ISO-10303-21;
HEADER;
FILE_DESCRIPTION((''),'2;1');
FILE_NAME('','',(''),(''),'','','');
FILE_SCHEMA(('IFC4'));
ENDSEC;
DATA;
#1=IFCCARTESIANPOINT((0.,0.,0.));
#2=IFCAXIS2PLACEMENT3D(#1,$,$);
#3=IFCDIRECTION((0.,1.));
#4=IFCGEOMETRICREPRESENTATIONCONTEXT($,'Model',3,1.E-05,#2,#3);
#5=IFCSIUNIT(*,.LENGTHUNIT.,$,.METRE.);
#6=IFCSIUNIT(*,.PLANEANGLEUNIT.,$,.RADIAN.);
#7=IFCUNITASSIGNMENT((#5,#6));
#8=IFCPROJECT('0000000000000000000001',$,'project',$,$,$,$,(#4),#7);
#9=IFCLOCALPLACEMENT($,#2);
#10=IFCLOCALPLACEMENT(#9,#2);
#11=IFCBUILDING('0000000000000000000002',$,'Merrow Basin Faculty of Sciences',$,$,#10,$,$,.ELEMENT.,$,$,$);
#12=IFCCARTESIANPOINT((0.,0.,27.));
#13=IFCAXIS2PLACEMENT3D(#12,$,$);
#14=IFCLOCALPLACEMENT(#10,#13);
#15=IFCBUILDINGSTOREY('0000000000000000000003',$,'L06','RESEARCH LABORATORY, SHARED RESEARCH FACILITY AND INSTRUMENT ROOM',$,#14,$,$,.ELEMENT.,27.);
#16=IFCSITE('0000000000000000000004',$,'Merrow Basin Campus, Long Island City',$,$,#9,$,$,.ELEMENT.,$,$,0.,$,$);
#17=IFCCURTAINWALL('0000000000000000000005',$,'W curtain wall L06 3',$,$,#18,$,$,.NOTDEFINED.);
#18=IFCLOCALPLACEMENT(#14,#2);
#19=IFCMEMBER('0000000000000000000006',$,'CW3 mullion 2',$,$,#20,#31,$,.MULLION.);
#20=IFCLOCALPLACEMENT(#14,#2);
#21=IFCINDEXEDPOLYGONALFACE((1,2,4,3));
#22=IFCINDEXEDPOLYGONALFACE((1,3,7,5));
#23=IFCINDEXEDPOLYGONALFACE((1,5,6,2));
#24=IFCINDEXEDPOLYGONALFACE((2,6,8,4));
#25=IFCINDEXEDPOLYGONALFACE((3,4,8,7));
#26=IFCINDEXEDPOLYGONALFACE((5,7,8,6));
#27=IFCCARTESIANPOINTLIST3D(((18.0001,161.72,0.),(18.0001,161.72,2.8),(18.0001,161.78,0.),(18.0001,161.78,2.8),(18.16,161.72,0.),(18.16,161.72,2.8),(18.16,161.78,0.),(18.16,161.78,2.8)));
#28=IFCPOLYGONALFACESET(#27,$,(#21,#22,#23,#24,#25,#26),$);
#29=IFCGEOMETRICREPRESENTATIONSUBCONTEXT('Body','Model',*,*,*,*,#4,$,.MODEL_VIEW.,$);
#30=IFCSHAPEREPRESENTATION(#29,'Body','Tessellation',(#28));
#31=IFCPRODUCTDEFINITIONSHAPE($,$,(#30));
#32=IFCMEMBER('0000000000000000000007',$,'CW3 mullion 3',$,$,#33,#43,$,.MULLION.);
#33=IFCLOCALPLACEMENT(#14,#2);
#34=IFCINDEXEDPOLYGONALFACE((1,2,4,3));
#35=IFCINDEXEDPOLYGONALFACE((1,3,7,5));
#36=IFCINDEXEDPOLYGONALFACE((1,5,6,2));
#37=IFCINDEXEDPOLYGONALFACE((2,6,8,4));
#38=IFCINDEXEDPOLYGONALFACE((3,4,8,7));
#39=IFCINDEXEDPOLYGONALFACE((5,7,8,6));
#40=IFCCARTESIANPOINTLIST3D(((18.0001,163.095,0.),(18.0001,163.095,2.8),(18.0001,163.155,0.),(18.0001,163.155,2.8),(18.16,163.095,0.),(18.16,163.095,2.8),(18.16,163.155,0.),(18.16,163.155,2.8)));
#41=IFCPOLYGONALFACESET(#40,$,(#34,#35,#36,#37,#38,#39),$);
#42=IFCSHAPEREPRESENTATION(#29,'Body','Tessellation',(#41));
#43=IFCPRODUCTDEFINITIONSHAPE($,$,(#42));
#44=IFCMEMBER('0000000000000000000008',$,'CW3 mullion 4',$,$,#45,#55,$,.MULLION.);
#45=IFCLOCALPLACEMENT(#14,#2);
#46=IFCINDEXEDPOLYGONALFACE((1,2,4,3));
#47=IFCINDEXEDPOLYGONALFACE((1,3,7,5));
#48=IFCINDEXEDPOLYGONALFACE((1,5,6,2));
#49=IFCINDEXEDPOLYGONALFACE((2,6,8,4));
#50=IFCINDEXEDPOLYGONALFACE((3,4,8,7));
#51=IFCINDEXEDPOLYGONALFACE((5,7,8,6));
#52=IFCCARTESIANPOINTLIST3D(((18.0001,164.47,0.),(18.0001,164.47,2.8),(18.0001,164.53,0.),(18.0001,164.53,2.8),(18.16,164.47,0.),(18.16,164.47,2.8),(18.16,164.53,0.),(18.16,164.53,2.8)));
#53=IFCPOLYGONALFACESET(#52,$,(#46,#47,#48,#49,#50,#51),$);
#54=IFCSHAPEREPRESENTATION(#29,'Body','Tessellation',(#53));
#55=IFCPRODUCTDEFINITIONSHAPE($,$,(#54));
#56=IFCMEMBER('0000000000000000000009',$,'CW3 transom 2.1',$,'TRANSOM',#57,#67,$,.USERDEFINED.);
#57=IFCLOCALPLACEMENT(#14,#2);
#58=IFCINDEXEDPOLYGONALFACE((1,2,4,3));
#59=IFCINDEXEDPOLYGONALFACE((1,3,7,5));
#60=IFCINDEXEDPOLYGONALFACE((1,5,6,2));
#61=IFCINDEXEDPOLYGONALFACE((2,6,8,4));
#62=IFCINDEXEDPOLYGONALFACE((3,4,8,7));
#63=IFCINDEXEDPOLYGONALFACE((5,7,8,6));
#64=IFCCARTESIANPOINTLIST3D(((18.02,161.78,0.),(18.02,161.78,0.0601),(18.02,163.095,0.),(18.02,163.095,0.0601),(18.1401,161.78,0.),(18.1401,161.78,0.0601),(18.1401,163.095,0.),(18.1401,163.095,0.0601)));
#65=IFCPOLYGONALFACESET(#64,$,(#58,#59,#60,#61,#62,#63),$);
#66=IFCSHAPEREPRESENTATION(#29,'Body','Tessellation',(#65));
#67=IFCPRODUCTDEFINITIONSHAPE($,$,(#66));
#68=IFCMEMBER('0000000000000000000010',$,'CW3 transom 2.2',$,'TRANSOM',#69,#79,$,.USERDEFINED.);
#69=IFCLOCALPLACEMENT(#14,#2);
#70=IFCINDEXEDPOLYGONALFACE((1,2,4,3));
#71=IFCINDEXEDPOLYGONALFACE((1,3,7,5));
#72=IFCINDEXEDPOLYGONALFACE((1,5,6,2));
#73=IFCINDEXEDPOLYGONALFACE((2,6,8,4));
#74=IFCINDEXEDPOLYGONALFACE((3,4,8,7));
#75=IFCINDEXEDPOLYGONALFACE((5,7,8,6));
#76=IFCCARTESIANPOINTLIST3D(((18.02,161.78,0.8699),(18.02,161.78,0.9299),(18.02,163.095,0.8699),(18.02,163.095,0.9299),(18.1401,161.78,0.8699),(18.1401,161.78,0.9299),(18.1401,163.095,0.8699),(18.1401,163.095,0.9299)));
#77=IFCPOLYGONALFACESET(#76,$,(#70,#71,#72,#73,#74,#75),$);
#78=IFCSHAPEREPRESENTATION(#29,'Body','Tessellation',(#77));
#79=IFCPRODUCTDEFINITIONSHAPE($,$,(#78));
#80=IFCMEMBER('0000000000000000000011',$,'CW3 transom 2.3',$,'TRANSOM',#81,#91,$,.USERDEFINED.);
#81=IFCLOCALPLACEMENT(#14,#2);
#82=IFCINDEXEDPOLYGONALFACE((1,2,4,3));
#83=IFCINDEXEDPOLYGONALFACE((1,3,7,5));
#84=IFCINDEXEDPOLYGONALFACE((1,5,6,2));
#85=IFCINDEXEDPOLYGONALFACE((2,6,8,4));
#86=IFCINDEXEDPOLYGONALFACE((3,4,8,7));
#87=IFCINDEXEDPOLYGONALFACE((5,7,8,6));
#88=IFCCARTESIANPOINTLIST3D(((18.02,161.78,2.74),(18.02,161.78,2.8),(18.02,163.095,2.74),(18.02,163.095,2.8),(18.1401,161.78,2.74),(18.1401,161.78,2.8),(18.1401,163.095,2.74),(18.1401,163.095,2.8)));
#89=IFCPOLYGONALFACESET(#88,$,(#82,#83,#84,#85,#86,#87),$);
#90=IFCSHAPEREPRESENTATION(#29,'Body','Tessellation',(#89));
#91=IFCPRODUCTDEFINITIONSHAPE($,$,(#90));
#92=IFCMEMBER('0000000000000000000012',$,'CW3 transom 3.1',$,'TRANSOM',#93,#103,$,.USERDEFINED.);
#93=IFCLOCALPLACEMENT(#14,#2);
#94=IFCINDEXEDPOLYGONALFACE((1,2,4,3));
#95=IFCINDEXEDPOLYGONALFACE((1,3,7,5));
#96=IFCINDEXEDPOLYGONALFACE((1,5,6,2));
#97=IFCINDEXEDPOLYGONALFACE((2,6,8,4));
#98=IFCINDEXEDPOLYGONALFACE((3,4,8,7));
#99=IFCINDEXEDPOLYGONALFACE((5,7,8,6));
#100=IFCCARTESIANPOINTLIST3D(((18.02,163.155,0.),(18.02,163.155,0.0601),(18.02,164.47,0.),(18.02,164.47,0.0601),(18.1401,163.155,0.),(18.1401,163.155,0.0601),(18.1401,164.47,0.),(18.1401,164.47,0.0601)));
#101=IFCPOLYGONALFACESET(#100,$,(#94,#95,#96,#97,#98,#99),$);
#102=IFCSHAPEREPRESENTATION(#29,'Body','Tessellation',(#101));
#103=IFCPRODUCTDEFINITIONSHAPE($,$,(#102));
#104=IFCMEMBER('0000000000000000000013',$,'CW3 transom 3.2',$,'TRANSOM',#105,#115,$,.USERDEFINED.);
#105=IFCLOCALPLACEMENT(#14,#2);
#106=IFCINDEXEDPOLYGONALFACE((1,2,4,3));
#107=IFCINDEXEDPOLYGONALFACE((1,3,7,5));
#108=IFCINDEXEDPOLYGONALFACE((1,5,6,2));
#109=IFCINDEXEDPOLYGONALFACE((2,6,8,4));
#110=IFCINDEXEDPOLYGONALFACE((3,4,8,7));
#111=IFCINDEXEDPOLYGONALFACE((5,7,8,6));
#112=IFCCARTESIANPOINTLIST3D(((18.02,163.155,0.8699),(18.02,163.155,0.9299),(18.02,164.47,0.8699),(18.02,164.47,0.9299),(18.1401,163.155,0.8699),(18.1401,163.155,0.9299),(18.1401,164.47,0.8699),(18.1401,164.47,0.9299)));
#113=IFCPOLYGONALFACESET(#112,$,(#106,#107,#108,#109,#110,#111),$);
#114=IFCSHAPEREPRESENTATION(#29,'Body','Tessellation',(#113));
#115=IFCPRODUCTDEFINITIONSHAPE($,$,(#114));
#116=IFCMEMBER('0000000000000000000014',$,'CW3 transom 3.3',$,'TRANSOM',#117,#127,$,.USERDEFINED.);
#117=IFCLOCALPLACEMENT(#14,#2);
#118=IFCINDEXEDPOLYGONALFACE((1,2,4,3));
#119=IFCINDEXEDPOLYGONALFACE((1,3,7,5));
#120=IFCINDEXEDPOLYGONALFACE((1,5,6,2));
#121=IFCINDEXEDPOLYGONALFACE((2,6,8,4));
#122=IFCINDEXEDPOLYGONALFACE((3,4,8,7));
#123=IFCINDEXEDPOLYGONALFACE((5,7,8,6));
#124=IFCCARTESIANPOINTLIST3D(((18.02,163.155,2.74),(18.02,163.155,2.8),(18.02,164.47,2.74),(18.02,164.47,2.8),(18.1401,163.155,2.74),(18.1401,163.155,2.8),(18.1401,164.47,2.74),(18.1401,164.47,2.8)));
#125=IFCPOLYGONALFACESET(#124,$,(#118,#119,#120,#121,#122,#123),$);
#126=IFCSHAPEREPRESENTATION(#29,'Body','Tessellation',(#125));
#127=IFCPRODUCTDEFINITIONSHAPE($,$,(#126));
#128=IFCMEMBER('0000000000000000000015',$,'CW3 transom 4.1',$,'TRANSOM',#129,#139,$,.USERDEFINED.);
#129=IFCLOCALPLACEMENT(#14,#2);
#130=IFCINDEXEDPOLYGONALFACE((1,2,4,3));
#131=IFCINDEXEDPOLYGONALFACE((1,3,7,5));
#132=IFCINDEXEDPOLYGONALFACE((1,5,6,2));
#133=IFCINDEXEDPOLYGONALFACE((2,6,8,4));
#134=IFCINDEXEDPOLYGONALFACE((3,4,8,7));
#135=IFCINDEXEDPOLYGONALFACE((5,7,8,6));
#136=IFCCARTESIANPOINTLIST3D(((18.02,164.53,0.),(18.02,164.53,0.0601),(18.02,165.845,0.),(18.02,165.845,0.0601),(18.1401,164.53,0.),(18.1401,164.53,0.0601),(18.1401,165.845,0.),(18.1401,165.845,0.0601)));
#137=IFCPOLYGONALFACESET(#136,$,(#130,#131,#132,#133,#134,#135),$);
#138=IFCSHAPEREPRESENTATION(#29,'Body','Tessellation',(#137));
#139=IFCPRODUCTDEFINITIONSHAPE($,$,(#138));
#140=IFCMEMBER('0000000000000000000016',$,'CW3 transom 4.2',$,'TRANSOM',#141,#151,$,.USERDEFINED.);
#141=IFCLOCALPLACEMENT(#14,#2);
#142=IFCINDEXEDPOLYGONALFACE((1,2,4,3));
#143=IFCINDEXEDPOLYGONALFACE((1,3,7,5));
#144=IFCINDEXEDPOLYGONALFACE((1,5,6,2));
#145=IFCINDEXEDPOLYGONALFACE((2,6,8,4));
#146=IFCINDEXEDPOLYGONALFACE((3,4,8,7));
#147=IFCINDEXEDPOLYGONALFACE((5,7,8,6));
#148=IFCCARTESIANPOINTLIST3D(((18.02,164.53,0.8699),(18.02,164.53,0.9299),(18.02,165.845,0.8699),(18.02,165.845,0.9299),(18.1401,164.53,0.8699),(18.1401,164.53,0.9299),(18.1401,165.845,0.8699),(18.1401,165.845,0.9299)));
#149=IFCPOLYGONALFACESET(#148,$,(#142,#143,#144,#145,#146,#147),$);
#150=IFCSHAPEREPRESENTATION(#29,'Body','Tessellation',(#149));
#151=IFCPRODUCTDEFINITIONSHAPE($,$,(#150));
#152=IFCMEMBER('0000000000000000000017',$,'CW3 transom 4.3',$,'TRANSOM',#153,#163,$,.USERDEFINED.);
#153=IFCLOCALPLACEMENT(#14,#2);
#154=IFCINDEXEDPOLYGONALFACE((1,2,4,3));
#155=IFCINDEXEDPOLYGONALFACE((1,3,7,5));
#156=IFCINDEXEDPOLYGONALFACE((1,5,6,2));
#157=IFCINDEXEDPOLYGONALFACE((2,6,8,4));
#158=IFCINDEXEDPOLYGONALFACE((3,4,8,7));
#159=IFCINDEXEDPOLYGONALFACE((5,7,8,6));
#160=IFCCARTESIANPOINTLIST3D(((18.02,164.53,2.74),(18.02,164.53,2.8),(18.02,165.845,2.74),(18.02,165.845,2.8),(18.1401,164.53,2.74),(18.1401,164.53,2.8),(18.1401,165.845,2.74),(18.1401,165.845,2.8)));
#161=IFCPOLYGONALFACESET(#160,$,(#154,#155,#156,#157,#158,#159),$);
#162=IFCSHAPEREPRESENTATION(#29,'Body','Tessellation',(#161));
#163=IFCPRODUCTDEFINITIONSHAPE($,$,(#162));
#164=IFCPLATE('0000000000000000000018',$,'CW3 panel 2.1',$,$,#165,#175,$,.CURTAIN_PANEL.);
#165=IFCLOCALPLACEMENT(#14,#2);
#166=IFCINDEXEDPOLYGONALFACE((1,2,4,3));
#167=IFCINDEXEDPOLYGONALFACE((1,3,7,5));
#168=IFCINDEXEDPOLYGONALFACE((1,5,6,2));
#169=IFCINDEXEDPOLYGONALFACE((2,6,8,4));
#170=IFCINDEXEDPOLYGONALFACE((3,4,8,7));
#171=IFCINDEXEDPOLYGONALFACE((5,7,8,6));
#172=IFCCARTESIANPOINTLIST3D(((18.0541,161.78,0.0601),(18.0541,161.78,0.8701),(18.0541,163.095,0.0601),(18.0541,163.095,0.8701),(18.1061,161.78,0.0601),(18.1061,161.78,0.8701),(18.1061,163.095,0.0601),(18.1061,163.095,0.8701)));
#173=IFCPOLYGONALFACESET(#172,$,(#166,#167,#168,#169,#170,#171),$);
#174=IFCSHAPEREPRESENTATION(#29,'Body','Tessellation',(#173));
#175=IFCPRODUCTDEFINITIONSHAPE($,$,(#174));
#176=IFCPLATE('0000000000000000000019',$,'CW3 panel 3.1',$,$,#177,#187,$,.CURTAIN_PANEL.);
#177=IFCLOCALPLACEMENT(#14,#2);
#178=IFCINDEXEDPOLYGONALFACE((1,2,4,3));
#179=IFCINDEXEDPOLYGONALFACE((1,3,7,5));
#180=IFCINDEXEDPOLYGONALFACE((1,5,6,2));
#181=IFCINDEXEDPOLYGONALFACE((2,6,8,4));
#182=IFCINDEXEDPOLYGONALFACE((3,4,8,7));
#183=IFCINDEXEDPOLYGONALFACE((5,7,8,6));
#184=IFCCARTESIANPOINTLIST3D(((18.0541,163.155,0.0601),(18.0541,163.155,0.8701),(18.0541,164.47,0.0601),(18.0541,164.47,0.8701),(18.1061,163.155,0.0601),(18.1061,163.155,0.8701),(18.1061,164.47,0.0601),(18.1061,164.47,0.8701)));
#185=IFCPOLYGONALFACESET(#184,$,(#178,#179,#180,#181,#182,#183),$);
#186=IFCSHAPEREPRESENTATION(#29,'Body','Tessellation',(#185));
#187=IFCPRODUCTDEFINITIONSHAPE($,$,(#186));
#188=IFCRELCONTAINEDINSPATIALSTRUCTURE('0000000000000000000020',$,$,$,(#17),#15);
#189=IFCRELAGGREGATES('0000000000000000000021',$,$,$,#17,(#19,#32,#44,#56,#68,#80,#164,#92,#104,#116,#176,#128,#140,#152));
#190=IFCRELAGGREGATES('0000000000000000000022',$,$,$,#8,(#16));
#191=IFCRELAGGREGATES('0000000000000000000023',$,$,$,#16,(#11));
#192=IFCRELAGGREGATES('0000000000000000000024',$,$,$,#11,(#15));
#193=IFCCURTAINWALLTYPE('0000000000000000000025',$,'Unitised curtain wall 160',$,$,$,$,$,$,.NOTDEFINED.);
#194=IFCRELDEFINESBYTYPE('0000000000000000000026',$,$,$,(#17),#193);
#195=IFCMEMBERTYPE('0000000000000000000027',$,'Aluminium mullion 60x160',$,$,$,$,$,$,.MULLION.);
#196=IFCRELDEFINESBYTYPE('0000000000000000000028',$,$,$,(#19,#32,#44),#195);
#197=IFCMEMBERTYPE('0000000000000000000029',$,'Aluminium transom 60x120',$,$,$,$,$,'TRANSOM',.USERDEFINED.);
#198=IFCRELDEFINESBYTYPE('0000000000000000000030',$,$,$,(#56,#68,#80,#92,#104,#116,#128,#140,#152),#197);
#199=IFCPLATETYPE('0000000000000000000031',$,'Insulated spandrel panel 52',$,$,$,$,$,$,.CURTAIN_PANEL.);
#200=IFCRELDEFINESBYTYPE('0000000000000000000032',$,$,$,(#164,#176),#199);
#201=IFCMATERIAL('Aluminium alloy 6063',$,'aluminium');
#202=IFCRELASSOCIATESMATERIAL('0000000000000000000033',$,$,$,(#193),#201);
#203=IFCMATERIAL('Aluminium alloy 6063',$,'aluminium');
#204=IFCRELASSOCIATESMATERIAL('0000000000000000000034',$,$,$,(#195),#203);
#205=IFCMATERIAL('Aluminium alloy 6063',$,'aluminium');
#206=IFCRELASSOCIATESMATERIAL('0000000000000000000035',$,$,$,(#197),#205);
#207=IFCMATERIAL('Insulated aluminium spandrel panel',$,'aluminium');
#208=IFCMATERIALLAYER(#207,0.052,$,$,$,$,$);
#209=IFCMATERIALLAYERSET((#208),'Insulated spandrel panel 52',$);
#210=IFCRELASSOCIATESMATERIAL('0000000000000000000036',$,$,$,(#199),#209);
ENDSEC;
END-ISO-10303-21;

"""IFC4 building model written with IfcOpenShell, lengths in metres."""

from ifc_helpers import new_model, si_unit, direction, frame, origin, origin_2d, place, context, subcontext, project, spatial, rectangle, extrude, material, layer, layer_set, material_profile, profile_set, type_object, element, aggregate, save


model = new_model("IFC4")

# Units and contexts
model_context = context("Model", 3, precision=1e-05, world=origin(), true_north=direction((0.0, 1.0)))
body_context = subcontext(model_context, "Body", "Model", "MODEL_VIEW")
ifc_project = project(units=[si_unit("LENGTHUNIT", "METRE"), si_unit("PLANEANGLEUNIT", "RADIAN")], contexts=[model_context])

# Site, building, storey
site_placement = place(None, origin())
site = spatial("IfcSite", under=ifc_project, at=site_placement, Name="Merrow Basin Campus, Long Island City", CompositionType="ELEMENT", RefElevation=0.0)
building_placement = place(site_placement, origin())
building = spatial("IfcBuilding", under=site, at=building_placement, Name="Merrow Basin Faculty of Sciences", CompositionType="ELEMENT")
storey_placement = place(building_placement, frame((0.0, 0.0, 27.0)))
storey = spatial("IfcBuildingStorey", under=building, at=storey_placement, Name="L06", Description="RESEARCH LABORATORY, SHARED RESEARCH FACILITY AND INSTRUMENT ROOM", CompositionType="ELEMENT", Elevation=27.0)

# Curtain wall, members, plates
ifc_material_1 = material(Name="Aluminium alloy 6063", Category="aluminium")
curtain_wall_type = type_object("IfcCurtainWallType", Name="Unitised curtain wall 160", PredefinedType="NOTDEFINED", material=ifc_material_1)
curtain_wall_placement = place(storey_placement, origin())
curtain_wall = element("IfcCurtainWall", 1, at=curtain_wall_placement, inside=storey, type_object=curtain_wall_type, Name="W curtain wall L06 3", PredefinedType="NOTDEFINED")
ifc_material_2 = material(Name="Aluminium alloy 6063", Category="aluminium")
ifc_material_profile_1 = material_profile(ifc_material_2, rectangle(XDim=0.1599, YDim=0.0601, at=origin_2d()))
ifc_profile_set_1 = profile_set([ifc_material_profile_1], Name="Aluminium alloy 6063")
member_type_1 = type_object("IfcMemberType", Name="Aluminium mullion 60x160", PredefinedType="MULLION", material=ifc_profile_set_1)
member_1_placement = place(storey_placement, frame((18.0801, 161.75, 0.0), z_axis=(0.0, 0.0, 1.0), x_axis=(-1.0, 0.0, 0.0)))
member_1 = element("IfcMember", 2, at=member_1_placement, type_object=member_type_1, Name="CW3 mullion 2", PredefinedType="MULLION", context=body_context, shape_type="SweptSolid", body=[
    extrude(rectangle(XDim=0.1599, YDim=0.0601, at=origin_2d()), origin(), (0.0, 0.0, 1.0), 2.8),
])
member_2_placement = place(storey_placement, frame((18.0801, 163.125, 0.0), z_axis=(0.0, 0.0, 1.0), x_axis=(-1.0, 0.0, 0.0)))
member_2 = element("IfcMember", 3, at=member_2_placement, type_object=member_type_1, Name="CW3 mullion 3", PredefinedType="MULLION", context=body_context, shape_type="SweptSolid", body=[
    extrude(rectangle(XDim=0.1599, YDim=0.0601, at=origin_2d()), origin(), (0.0, 0.0, 1.0), 2.8),
])
member_3_placement = place(storey_placement, frame((18.0801, 164.5, 0.0), z_axis=(0.0, 0.0, 1.0), x_axis=(-1.0, 0.0, 0.0)))
member_3 = element("IfcMember", 4, at=member_3_placement, type_object=member_type_1, Name="CW3 mullion 4", PredefinedType="MULLION", context=body_context, shape_type="SweptSolid", body=[
    extrude(rectangle(XDim=0.1599, YDim=0.0601, at=origin_2d()), origin(), (0.0, 0.0, 1.0), 2.8),
])
ifc_material_3 = material(Name="Aluminium alloy 6063", Category="aluminium")
ifc_material_profile_2 = material_profile(ifc_material_3, rectangle(XDim=0.1201, YDim=0.0601, at=origin_2d()))
ifc_profile_set_2 = profile_set([ifc_material_profile_2], Name="Aluminium alloy 6063")
member_type_2 = type_object("IfcMemberType", Name="Aluminium transom 60x120", ElementType="TRANSOM", PredefinedType="USERDEFINED", material=ifc_profile_set_2)
member_4_placement = place(storey_placement, frame((18.0801, 161.78, 0.03), z_axis=(0.0, 1.0, 0.0), x_axis=(-1.0, 0.0, 0.0)))
member_4 = element("IfcMember", 5, at=member_4_placement, type_object=member_type_2, Name="CW3 transom 2.1", ObjectType="TRANSOM", PredefinedType="USERDEFINED", context=body_context, shape_type="SweptSolid", body=[
    extrude(rectangle(XDim=0.1201, YDim=0.0601, at=origin_2d()), origin(), (0.0, 0.0, 1.0), 1.3149),
])
member_5_placement = place(storey_placement, frame((18.0801, 161.78, 0.8999), z_axis=(0.0, 1.0, 0.0), x_axis=(-1.0, 0.0, 0.0)))
member_5 = element("IfcMember", 6, at=member_5_placement, type_object=member_type_2, Name="CW3 transom 2.2", ObjectType="TRANSOM", PredefinedType="USERDEFINED", context=body_context, shape_type="SweptSolid", body=[
    extrude(rectangle(XDim=0.1201, YDim=0.0601, at=origin_2d()), origin(), (0.0, 0.0, 1.0), 1.3149),
])
member_6_placement = place(storey_placement, frame((18.0801, 161.78, 2.77), z_axis=(0.0, 1.0, 0.0), x_axis=(-1.0, 0.0, 0.0)))
member_6 = element("IfcMember", 7, at=member_6_placement, type_object=member_type_2, Name="CW3 transom 2.3", ObjectType="TRANSOM", PredefinedType="USERDEFINED", context=body_context, shape_type="SweptSolid", body=[
    extrude(rectangle(XDim=0.1201, YDim=0.0601, at=origin_2d()), origin(), (0.0, 0.0, 1.0), 1.3149),
])
member_7_placement = place(storey_placement, frame((18.0801, 163.155, 0.03), z_axis=(0.0, 1.0, 0.0), x_axis=(-1.0, 0.0, 0.0)))
member_7 = element("IfcMember", 8, at=member_7_placement, type_object=member_type_2, Name="CW3 transom 3.1", ObjectType="TRANSOM", PredefinedType="USERDEFINED", context=body_context, shape_type="SweptSolid", body=[
    extrude(rectangle(XDim=0.1201, YDim=0.0601, at=origin_2d()), origin(), (0.0, 0.0, 1.0), 1.3149),
])
member_8_placement = place(storey_placement, frame((18.0801, 163.155, 0.8999), z_axis=(0.0, 1.0, 0.0), x_axis=(-1.0, 0.0, 0.0)))
member_8 = element("IfcMember", 9, at=member_8_placement, type_object=member_type_2, Name="CW3 transom 3.2", ObjectType="TRANSOM", PredefinedType="USERDEFINED", context=body_context, shape_type="SweptSolid", body=[
    extrude(rectangle(XDim=0.1201, YDim=0.0601, at=origin_2d()), origin(), (0.0, 0.0, 1.0), 1.3149),
])
member_9_placement = place(storey_placement, frame((18.0801, 163.155, 2.77), z_axis=(0.0, 1.0, 0.0), x_axis=(-1.0, 0.0, 0.0)))
member_9 = element("IfcMember", 10, at=member_9_placement, type_object=member_type_2, Name="CW3 transom 3.3", ObjectType="TRANSOM", PredefinedType="USERDEFINED", context=body_context, shape_type="SweptSolid", body=[
    extrude(rectangle(XDim=0.1201, YDim=0.0601, at=origin_2d()), origin(), (0.0, 0.0, 1.0), 1.3149),
])
member_10_placement = place(storey_placement, frame((18.0801, 164.53, 0.03), z_axis=(0.0, 1.0, 0.0), x_axis=(-1.0, 0.0, 0.0)))
member_10 = element("IfcMember", 11, at=member_10_placement, type_object=member_type_2, Name="CW3 transom 4.1", ObjectType="TRANSOM", PredefinedType="USERDEFINED", context=body_context, shape_type="SweptSolid", body=[
    extrude(rectangle(XDim=0.1201, YDim=0.0601, at=origin_2d()), origin(), (0.0, 0.0, 1.0), 1.3149),
])
member_11_placement = place(storey_placement, frame((18.0801, 164.53, 0.8999), z_axis=(0.0, 1.0, 0.0), x_axis=(-1.0, 0.0, 0.0)))
member_11 = element("IfcMember", 12, at=member_11_placement, type_object=member_type_2, Name="CW3 transom 4.2", ObjectType="TRANSOM", PredefinedType="USERDEFINED", context=body_context, shape_type="SweptSolid", body=[
    extrude(rectangle(XDim=0.1201, YDim=0.0601, at=origin_2d()), origin(), (0.0, 0.0, 1.0), 1.3149),
])
member_12_placement = place(storey_placement, frame((18.0801, 164.53, 2.77), z_axis=(0.0, 1.0, 0.0), x_axis=(-1.0, 0.0, 0.0)))
member_12 = element("IfcMember", 13, at=member_12_placement, type_object=member_type_2, Name="CW3 transom 4.3", ObjectType="TRANSOM", PredefinedType="USERDEFINED", context=body_context, shape_type="SweptSolid", body=[
    extrude(rectangle(XDim=0.1201, YDim=0.0601, at=origin_2d()), origin(), (0.0, 0.0, 1.0), 1.3149),
])
ifc_material_4 = material(Name="Insulated aluminium spandrel panel", Category="aluminium")
ifc_layer_1 = layer(ifc_material_4, 0.052)
ifc_layer_set_1 = layer_set([ifc_layer_1], Name="Insulated spandrel panel 52")
plate_type_1 = type_object("IfcPlateType", Name="Insulated spandrel panel 52", PredefinedType="CURTAIN_PANEL", material=ifc_layer_set_1)
plate_1_placement = place(storey_placement, frame((18.0801, 162.4375, 0.0601), z_axis=(0.0, 0.0, 1.0), x_axis=(0.0, 1.0, 0.0)))
plate_1 = element("IfcPlate", 14, at=plate_1_placement, type_object=plate_type_1, Name="CW3 panel 2.1", PredefinedType="CURTAIN_PANEL", context=body_context, shape_type="SweptSolid", body=[
    extrude(rectangle(XDim=1.3149, YDim=0.052, at=origin_2d()), origin(), (0.0, 0.0, 1.0), 0.8101),
])
plate_2_placement = place(storey_placement, frame((18.0801, 163.8125, 0.0601), z_axis=(0.0, 0.0, 1.0), x_axis=(0.0, 1.0, 0.0)))
plate_2 = element("IfcPlate", 15, at=plate_2_placement, type_object=plate_type_1, Name="CW3 panel 3.1", PredefinedType="CURTAIN_PANEL", context=body_context, shape_type="SweptSolid", body=[
    extrude(rectangle(XDim=1.3149, YDim=0.052, at=origin_2d()), origin(), (0.0, 0.0, 1.0), 0.8101),
])
aggregate(curtain_wall, [member_1, member_2, member_3, member_4, member_5, member_6, plate_1, member_7, member_8, member_9, plate_2, member_10, member_11, member_12])

save(model, "model.ifc")
